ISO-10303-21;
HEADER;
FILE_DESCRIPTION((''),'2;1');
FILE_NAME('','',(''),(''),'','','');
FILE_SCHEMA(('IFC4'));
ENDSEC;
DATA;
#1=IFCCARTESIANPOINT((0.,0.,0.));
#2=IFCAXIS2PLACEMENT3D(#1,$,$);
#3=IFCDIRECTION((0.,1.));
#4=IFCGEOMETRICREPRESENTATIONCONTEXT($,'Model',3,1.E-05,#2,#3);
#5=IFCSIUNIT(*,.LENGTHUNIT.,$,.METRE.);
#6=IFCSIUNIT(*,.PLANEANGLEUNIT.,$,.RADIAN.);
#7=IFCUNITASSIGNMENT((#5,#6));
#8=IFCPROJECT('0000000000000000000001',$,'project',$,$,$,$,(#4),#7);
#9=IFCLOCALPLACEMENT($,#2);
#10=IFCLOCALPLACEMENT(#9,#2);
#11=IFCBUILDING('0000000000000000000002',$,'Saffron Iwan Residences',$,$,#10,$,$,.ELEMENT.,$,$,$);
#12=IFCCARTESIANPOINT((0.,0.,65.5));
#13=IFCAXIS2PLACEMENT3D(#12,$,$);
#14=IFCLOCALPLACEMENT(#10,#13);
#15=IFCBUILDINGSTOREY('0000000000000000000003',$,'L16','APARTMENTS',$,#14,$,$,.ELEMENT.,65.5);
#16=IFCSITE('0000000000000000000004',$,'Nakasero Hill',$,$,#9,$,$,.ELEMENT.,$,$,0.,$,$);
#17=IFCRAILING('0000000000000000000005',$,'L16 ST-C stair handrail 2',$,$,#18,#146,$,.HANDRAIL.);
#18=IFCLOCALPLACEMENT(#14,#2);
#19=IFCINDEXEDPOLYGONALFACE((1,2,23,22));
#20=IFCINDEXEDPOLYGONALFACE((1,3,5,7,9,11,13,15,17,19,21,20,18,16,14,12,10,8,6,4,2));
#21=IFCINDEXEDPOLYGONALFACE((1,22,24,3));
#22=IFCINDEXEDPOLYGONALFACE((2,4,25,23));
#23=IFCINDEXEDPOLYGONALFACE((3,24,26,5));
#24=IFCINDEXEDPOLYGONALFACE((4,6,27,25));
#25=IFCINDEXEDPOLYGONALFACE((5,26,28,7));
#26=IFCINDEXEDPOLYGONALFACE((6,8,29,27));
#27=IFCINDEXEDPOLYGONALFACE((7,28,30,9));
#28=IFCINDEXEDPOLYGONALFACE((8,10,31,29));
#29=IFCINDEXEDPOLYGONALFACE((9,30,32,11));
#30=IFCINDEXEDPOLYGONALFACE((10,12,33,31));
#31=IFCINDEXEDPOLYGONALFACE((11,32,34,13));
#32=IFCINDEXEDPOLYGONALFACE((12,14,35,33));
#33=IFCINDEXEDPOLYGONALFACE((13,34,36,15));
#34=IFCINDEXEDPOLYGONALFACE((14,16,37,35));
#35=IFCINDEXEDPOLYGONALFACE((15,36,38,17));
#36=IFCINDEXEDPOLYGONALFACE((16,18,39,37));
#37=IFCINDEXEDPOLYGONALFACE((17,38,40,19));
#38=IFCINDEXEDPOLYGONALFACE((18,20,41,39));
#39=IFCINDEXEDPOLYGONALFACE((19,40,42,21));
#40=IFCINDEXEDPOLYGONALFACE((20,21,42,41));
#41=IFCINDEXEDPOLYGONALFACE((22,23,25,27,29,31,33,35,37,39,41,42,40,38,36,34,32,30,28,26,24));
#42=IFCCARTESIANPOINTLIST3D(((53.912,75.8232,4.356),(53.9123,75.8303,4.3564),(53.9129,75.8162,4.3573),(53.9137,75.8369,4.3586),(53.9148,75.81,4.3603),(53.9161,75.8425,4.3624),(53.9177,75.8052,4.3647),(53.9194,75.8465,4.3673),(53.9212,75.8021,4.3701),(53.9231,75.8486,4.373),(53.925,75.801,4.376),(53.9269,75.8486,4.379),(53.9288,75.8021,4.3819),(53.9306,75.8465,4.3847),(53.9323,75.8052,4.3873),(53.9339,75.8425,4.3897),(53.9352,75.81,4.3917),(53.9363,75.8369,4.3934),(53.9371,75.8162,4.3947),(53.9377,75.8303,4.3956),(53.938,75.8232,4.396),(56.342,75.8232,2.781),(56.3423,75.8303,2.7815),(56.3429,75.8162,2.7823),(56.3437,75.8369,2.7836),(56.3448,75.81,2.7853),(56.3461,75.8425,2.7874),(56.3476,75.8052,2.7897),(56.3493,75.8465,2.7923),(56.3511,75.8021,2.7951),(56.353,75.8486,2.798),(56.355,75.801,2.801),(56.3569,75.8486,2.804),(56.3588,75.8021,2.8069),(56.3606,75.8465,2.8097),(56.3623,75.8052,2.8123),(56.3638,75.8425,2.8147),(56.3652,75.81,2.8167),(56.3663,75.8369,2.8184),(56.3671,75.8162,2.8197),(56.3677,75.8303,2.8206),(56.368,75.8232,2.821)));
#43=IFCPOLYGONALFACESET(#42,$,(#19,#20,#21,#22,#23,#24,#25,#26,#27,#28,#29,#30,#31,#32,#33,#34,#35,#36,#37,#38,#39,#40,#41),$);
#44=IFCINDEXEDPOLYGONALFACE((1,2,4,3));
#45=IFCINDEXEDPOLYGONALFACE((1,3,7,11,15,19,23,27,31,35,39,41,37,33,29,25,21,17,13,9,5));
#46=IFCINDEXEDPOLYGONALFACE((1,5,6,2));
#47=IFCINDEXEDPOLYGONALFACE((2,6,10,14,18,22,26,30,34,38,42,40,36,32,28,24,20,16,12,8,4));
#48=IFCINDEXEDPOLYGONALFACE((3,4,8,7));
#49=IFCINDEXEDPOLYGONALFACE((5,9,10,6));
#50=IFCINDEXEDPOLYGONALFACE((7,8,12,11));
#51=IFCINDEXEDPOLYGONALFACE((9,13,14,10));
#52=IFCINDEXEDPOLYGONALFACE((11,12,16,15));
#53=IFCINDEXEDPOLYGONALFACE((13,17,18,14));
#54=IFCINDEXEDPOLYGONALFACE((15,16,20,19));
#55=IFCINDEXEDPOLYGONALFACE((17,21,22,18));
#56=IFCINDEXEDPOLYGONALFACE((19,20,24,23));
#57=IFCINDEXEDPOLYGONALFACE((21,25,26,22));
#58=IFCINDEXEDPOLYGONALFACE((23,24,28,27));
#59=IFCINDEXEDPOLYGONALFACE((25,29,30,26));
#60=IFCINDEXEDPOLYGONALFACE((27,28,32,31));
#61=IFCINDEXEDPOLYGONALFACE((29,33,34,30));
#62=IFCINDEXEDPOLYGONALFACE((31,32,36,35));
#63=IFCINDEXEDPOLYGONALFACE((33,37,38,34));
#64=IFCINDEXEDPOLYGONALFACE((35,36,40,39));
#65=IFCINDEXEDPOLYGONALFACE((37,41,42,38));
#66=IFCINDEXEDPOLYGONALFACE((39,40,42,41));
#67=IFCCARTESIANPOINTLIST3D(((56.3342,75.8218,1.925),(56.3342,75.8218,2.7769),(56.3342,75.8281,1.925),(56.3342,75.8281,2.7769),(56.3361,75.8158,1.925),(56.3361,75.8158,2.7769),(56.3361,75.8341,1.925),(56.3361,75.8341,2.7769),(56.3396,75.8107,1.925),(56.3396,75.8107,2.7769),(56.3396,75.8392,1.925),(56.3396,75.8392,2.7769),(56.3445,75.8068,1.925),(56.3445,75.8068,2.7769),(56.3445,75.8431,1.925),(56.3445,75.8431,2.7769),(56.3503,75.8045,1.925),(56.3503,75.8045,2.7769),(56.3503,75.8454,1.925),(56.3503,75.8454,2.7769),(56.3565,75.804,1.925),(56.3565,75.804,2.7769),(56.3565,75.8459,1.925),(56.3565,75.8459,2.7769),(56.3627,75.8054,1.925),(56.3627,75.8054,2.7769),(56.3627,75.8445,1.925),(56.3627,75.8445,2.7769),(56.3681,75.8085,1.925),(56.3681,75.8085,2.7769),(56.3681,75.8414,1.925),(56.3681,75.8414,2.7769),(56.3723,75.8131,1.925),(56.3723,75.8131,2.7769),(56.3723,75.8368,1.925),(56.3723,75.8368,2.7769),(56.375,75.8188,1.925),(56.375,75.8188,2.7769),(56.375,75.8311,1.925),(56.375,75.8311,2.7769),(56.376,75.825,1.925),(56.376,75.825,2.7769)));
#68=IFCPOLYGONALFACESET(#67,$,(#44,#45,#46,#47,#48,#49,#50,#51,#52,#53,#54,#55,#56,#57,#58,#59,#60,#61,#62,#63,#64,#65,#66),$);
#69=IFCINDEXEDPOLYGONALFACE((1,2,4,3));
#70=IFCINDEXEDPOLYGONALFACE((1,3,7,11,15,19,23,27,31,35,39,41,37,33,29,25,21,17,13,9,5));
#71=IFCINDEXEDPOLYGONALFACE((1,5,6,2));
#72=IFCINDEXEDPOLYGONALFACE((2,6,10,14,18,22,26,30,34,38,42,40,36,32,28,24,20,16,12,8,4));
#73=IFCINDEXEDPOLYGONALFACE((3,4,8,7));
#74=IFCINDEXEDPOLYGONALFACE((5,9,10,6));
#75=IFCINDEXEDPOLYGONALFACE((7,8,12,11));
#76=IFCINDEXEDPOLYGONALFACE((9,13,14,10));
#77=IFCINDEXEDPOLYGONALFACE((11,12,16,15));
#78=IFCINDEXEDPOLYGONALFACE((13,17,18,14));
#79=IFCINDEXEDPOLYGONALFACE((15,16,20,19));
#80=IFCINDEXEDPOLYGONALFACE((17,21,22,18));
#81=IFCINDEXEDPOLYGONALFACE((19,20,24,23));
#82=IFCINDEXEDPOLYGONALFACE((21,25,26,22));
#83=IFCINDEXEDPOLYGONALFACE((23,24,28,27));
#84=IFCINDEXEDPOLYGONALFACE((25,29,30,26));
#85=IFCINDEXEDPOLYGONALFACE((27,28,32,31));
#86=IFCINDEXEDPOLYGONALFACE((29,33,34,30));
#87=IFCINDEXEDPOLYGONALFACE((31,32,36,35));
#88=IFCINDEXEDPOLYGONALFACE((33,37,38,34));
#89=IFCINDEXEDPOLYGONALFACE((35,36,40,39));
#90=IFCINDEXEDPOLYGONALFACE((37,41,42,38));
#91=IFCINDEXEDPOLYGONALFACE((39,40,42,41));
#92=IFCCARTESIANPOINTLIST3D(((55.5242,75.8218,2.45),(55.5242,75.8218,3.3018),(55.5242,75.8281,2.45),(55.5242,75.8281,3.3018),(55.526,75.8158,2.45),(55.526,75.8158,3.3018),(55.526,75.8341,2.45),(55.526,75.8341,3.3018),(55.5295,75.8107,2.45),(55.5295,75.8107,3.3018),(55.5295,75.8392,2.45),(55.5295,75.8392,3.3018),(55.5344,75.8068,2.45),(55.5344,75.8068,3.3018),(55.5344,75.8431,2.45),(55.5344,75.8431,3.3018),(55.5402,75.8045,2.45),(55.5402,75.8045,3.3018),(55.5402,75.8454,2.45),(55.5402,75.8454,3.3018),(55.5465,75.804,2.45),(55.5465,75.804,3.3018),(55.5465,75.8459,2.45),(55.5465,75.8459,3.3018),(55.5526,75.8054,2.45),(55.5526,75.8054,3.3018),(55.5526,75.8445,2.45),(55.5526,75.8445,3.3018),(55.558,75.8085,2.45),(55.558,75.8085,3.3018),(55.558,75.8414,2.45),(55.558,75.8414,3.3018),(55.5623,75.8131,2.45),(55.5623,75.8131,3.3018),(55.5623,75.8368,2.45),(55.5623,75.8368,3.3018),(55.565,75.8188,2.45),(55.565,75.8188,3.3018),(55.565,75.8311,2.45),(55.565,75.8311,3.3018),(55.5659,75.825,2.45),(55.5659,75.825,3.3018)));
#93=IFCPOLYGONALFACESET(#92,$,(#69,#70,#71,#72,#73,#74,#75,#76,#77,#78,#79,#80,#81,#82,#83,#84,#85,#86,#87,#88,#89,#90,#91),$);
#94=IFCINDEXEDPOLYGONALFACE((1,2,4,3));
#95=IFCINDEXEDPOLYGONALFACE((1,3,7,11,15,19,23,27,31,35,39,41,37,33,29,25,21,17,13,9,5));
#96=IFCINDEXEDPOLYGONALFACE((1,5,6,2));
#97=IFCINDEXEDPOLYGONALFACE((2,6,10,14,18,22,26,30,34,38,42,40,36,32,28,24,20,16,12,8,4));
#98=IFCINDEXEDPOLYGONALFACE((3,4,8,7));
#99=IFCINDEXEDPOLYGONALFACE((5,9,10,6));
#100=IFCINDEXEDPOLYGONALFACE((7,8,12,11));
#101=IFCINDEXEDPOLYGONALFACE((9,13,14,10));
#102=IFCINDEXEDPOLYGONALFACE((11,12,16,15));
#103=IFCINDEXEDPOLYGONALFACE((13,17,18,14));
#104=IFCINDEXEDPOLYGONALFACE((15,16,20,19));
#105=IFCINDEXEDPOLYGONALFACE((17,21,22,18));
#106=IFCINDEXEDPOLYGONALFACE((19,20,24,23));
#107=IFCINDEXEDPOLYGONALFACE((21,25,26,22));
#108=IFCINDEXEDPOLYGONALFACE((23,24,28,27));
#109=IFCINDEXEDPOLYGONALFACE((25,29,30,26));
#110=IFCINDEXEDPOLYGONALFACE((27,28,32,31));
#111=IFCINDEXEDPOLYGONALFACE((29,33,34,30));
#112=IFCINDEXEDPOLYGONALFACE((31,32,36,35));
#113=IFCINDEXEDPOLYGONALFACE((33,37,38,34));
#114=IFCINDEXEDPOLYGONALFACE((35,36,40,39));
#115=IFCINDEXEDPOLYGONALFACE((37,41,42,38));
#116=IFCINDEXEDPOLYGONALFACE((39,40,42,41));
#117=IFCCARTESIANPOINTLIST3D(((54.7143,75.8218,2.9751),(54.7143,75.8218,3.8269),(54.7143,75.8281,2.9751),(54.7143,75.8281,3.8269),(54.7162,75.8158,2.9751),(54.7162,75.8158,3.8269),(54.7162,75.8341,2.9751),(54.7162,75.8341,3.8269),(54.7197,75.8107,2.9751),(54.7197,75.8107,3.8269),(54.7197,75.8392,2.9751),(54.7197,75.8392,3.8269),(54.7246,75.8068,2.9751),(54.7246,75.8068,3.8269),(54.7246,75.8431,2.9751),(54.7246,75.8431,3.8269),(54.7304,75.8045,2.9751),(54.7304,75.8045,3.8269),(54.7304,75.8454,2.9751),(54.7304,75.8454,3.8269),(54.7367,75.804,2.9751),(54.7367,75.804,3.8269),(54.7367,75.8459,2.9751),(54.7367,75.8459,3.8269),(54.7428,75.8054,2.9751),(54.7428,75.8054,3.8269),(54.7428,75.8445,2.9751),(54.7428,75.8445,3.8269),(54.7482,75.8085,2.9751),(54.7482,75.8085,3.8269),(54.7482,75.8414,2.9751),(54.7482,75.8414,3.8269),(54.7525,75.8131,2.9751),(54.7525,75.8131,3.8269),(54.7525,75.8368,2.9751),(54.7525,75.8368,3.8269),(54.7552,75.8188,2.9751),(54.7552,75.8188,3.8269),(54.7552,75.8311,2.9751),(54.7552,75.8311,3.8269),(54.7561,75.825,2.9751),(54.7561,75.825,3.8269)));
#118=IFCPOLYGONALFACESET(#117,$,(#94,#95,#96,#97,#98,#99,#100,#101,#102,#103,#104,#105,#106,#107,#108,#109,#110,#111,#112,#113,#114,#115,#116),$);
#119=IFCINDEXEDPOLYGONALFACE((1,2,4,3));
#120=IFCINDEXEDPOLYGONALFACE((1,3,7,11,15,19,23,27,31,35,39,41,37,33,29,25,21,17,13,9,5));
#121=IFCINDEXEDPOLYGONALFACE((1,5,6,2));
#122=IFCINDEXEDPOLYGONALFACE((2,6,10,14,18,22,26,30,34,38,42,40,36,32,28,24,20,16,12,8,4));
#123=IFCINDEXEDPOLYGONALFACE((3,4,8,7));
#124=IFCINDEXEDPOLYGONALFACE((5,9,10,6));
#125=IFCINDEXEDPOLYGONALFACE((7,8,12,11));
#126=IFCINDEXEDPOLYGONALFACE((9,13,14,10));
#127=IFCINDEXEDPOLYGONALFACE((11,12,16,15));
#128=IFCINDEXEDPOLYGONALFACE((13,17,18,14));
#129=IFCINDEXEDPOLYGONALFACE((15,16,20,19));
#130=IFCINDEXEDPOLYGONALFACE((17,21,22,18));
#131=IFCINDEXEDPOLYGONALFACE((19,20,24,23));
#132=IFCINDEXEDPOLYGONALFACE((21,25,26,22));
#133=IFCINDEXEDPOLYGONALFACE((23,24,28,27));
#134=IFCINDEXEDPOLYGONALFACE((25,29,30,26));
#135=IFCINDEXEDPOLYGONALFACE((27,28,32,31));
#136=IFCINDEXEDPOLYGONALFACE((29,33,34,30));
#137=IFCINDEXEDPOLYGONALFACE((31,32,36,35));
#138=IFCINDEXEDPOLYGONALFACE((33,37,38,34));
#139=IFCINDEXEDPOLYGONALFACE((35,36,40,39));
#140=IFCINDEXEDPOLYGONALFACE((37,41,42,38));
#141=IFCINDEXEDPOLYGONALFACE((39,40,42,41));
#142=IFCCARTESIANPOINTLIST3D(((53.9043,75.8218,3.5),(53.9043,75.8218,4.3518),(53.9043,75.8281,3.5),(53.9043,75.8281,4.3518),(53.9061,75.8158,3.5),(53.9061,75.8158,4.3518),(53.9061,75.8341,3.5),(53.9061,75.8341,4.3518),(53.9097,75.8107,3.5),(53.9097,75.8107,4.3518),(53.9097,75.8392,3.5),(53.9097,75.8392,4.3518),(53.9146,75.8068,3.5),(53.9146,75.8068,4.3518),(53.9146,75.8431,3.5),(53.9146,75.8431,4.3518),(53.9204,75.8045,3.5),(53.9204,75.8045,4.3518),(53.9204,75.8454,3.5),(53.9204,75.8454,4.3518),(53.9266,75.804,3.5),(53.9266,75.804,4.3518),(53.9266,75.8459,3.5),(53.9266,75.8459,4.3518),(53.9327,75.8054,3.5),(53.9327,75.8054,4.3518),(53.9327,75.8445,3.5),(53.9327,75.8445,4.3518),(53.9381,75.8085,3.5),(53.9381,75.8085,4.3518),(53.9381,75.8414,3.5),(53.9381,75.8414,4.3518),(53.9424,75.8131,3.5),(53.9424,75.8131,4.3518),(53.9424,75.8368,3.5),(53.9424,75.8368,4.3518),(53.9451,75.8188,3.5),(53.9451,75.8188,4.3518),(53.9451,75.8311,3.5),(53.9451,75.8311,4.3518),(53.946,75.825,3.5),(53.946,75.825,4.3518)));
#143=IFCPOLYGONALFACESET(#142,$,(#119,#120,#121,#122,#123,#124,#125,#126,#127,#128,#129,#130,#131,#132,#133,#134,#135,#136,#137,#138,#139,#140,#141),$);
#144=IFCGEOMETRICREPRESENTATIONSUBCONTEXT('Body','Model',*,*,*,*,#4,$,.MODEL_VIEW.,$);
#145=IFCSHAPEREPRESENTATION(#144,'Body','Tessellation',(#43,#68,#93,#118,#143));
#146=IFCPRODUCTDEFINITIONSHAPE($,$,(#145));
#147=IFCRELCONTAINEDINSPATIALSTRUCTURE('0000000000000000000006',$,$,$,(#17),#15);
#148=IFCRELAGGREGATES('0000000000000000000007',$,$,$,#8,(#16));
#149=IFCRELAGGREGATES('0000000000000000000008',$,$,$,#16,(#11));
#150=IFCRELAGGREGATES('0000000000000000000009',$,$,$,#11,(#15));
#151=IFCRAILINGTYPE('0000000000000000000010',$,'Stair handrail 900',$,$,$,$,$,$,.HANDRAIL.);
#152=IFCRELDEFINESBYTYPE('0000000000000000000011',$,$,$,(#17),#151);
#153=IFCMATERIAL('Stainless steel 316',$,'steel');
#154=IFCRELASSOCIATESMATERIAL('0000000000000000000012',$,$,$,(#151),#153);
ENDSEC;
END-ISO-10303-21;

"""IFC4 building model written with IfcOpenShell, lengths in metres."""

from ifc_helpers import new_model, si_unit, direction, frame, origin, origin_2d, place, context, subcontext, project, spatial, circle, extrude, material, type_object, element, save


model = new_model("IFC4")

# Units and contexts
model_context = context("Model", 3, precision=1e-05, world=origin(), true_north=direction((0.0, 1.0)))
body_context = subcontext(model_context, "Body", "Model", "MODEL_VIEW")
ifc_project = project(units=[si_unit("LENGTHUNIT", "METRE"), si_unit("PLANEANGLEUNIT", "RADIAN")], contexts=[model_context])

# Site, building, storey
site_placement = place(None, origin())
site = spatial("IfcSite", under=ifc_project, at=site_placement, Name="Nakasero Hill", CompositionType="ELEMENT", RefElevation=0.0)
building_placement = place(site_placement, origin())
building = spatial("IfcBuilding", under=site, at=building_placement, Name="Saffron Iwan Residences", CompositionType="ELEMENT")
storey_placement = place(building_placement, frame((0.0, 0.0, 65.5)))
storey = spatial("IfcBuildingStorey", under=building, at=storey_placement, Name="L16", Description="APARTMENTS", CompositionType="ELEMENT", Elevation=65.5)

# Railing
ifc_material_1 = material(Name="Stainless steel 316", Category="steel")
railing_type_1 = type_object("IfcRailingType", Name="Stair handrail 900", PredefinedType="HANDRAIL", material=ifc_material_1)
railing_1_placement = place(storey_placement, frame((56.355, 75.825, 1.925)))
element("IfcRailing", 1, at=railing_1_placement, inside=storey, type_object=railing_type_1, Name="L16 ST-C stair handrail 2", PredefinedType="HANDRAIL", context=body_context, shape_type="SweptSolid", body=[
    extrude(circle(Radius=0.0239, at=origin_2d()), frame((0.0, 0.0, 0.876), z_axis=(-0.839154, 0.0, 0.543894), x_axis=(0.0, -1.0, 0.0)), (0.0, 0.0, 1.0), 2.8958),
    extrude(circle(Radius=0.021, at=origin_2d()), origin(), (0.0, 0.0, 1.0), 0.8518),
    extrude(circle(Radius=0.021, at=origin_2d()), frame((-0.8101, 0.0, 0.5249)), (0.0, 0.0, 1.0), 0.8518),
    extrude(circle(Radius=0.021, at=origin_2d()), frame((-1.6199, 0.0, 1.05)), (0.0, 0.0, 1.0), 0.8518),
    extrude(circle(Radius=0.021, at=origin_2d()), frame((-2.4299, 0.0, 1.575)), (0.0, 0.0, 1.0), 0.8518),
])

save(model, "model.ifc")
